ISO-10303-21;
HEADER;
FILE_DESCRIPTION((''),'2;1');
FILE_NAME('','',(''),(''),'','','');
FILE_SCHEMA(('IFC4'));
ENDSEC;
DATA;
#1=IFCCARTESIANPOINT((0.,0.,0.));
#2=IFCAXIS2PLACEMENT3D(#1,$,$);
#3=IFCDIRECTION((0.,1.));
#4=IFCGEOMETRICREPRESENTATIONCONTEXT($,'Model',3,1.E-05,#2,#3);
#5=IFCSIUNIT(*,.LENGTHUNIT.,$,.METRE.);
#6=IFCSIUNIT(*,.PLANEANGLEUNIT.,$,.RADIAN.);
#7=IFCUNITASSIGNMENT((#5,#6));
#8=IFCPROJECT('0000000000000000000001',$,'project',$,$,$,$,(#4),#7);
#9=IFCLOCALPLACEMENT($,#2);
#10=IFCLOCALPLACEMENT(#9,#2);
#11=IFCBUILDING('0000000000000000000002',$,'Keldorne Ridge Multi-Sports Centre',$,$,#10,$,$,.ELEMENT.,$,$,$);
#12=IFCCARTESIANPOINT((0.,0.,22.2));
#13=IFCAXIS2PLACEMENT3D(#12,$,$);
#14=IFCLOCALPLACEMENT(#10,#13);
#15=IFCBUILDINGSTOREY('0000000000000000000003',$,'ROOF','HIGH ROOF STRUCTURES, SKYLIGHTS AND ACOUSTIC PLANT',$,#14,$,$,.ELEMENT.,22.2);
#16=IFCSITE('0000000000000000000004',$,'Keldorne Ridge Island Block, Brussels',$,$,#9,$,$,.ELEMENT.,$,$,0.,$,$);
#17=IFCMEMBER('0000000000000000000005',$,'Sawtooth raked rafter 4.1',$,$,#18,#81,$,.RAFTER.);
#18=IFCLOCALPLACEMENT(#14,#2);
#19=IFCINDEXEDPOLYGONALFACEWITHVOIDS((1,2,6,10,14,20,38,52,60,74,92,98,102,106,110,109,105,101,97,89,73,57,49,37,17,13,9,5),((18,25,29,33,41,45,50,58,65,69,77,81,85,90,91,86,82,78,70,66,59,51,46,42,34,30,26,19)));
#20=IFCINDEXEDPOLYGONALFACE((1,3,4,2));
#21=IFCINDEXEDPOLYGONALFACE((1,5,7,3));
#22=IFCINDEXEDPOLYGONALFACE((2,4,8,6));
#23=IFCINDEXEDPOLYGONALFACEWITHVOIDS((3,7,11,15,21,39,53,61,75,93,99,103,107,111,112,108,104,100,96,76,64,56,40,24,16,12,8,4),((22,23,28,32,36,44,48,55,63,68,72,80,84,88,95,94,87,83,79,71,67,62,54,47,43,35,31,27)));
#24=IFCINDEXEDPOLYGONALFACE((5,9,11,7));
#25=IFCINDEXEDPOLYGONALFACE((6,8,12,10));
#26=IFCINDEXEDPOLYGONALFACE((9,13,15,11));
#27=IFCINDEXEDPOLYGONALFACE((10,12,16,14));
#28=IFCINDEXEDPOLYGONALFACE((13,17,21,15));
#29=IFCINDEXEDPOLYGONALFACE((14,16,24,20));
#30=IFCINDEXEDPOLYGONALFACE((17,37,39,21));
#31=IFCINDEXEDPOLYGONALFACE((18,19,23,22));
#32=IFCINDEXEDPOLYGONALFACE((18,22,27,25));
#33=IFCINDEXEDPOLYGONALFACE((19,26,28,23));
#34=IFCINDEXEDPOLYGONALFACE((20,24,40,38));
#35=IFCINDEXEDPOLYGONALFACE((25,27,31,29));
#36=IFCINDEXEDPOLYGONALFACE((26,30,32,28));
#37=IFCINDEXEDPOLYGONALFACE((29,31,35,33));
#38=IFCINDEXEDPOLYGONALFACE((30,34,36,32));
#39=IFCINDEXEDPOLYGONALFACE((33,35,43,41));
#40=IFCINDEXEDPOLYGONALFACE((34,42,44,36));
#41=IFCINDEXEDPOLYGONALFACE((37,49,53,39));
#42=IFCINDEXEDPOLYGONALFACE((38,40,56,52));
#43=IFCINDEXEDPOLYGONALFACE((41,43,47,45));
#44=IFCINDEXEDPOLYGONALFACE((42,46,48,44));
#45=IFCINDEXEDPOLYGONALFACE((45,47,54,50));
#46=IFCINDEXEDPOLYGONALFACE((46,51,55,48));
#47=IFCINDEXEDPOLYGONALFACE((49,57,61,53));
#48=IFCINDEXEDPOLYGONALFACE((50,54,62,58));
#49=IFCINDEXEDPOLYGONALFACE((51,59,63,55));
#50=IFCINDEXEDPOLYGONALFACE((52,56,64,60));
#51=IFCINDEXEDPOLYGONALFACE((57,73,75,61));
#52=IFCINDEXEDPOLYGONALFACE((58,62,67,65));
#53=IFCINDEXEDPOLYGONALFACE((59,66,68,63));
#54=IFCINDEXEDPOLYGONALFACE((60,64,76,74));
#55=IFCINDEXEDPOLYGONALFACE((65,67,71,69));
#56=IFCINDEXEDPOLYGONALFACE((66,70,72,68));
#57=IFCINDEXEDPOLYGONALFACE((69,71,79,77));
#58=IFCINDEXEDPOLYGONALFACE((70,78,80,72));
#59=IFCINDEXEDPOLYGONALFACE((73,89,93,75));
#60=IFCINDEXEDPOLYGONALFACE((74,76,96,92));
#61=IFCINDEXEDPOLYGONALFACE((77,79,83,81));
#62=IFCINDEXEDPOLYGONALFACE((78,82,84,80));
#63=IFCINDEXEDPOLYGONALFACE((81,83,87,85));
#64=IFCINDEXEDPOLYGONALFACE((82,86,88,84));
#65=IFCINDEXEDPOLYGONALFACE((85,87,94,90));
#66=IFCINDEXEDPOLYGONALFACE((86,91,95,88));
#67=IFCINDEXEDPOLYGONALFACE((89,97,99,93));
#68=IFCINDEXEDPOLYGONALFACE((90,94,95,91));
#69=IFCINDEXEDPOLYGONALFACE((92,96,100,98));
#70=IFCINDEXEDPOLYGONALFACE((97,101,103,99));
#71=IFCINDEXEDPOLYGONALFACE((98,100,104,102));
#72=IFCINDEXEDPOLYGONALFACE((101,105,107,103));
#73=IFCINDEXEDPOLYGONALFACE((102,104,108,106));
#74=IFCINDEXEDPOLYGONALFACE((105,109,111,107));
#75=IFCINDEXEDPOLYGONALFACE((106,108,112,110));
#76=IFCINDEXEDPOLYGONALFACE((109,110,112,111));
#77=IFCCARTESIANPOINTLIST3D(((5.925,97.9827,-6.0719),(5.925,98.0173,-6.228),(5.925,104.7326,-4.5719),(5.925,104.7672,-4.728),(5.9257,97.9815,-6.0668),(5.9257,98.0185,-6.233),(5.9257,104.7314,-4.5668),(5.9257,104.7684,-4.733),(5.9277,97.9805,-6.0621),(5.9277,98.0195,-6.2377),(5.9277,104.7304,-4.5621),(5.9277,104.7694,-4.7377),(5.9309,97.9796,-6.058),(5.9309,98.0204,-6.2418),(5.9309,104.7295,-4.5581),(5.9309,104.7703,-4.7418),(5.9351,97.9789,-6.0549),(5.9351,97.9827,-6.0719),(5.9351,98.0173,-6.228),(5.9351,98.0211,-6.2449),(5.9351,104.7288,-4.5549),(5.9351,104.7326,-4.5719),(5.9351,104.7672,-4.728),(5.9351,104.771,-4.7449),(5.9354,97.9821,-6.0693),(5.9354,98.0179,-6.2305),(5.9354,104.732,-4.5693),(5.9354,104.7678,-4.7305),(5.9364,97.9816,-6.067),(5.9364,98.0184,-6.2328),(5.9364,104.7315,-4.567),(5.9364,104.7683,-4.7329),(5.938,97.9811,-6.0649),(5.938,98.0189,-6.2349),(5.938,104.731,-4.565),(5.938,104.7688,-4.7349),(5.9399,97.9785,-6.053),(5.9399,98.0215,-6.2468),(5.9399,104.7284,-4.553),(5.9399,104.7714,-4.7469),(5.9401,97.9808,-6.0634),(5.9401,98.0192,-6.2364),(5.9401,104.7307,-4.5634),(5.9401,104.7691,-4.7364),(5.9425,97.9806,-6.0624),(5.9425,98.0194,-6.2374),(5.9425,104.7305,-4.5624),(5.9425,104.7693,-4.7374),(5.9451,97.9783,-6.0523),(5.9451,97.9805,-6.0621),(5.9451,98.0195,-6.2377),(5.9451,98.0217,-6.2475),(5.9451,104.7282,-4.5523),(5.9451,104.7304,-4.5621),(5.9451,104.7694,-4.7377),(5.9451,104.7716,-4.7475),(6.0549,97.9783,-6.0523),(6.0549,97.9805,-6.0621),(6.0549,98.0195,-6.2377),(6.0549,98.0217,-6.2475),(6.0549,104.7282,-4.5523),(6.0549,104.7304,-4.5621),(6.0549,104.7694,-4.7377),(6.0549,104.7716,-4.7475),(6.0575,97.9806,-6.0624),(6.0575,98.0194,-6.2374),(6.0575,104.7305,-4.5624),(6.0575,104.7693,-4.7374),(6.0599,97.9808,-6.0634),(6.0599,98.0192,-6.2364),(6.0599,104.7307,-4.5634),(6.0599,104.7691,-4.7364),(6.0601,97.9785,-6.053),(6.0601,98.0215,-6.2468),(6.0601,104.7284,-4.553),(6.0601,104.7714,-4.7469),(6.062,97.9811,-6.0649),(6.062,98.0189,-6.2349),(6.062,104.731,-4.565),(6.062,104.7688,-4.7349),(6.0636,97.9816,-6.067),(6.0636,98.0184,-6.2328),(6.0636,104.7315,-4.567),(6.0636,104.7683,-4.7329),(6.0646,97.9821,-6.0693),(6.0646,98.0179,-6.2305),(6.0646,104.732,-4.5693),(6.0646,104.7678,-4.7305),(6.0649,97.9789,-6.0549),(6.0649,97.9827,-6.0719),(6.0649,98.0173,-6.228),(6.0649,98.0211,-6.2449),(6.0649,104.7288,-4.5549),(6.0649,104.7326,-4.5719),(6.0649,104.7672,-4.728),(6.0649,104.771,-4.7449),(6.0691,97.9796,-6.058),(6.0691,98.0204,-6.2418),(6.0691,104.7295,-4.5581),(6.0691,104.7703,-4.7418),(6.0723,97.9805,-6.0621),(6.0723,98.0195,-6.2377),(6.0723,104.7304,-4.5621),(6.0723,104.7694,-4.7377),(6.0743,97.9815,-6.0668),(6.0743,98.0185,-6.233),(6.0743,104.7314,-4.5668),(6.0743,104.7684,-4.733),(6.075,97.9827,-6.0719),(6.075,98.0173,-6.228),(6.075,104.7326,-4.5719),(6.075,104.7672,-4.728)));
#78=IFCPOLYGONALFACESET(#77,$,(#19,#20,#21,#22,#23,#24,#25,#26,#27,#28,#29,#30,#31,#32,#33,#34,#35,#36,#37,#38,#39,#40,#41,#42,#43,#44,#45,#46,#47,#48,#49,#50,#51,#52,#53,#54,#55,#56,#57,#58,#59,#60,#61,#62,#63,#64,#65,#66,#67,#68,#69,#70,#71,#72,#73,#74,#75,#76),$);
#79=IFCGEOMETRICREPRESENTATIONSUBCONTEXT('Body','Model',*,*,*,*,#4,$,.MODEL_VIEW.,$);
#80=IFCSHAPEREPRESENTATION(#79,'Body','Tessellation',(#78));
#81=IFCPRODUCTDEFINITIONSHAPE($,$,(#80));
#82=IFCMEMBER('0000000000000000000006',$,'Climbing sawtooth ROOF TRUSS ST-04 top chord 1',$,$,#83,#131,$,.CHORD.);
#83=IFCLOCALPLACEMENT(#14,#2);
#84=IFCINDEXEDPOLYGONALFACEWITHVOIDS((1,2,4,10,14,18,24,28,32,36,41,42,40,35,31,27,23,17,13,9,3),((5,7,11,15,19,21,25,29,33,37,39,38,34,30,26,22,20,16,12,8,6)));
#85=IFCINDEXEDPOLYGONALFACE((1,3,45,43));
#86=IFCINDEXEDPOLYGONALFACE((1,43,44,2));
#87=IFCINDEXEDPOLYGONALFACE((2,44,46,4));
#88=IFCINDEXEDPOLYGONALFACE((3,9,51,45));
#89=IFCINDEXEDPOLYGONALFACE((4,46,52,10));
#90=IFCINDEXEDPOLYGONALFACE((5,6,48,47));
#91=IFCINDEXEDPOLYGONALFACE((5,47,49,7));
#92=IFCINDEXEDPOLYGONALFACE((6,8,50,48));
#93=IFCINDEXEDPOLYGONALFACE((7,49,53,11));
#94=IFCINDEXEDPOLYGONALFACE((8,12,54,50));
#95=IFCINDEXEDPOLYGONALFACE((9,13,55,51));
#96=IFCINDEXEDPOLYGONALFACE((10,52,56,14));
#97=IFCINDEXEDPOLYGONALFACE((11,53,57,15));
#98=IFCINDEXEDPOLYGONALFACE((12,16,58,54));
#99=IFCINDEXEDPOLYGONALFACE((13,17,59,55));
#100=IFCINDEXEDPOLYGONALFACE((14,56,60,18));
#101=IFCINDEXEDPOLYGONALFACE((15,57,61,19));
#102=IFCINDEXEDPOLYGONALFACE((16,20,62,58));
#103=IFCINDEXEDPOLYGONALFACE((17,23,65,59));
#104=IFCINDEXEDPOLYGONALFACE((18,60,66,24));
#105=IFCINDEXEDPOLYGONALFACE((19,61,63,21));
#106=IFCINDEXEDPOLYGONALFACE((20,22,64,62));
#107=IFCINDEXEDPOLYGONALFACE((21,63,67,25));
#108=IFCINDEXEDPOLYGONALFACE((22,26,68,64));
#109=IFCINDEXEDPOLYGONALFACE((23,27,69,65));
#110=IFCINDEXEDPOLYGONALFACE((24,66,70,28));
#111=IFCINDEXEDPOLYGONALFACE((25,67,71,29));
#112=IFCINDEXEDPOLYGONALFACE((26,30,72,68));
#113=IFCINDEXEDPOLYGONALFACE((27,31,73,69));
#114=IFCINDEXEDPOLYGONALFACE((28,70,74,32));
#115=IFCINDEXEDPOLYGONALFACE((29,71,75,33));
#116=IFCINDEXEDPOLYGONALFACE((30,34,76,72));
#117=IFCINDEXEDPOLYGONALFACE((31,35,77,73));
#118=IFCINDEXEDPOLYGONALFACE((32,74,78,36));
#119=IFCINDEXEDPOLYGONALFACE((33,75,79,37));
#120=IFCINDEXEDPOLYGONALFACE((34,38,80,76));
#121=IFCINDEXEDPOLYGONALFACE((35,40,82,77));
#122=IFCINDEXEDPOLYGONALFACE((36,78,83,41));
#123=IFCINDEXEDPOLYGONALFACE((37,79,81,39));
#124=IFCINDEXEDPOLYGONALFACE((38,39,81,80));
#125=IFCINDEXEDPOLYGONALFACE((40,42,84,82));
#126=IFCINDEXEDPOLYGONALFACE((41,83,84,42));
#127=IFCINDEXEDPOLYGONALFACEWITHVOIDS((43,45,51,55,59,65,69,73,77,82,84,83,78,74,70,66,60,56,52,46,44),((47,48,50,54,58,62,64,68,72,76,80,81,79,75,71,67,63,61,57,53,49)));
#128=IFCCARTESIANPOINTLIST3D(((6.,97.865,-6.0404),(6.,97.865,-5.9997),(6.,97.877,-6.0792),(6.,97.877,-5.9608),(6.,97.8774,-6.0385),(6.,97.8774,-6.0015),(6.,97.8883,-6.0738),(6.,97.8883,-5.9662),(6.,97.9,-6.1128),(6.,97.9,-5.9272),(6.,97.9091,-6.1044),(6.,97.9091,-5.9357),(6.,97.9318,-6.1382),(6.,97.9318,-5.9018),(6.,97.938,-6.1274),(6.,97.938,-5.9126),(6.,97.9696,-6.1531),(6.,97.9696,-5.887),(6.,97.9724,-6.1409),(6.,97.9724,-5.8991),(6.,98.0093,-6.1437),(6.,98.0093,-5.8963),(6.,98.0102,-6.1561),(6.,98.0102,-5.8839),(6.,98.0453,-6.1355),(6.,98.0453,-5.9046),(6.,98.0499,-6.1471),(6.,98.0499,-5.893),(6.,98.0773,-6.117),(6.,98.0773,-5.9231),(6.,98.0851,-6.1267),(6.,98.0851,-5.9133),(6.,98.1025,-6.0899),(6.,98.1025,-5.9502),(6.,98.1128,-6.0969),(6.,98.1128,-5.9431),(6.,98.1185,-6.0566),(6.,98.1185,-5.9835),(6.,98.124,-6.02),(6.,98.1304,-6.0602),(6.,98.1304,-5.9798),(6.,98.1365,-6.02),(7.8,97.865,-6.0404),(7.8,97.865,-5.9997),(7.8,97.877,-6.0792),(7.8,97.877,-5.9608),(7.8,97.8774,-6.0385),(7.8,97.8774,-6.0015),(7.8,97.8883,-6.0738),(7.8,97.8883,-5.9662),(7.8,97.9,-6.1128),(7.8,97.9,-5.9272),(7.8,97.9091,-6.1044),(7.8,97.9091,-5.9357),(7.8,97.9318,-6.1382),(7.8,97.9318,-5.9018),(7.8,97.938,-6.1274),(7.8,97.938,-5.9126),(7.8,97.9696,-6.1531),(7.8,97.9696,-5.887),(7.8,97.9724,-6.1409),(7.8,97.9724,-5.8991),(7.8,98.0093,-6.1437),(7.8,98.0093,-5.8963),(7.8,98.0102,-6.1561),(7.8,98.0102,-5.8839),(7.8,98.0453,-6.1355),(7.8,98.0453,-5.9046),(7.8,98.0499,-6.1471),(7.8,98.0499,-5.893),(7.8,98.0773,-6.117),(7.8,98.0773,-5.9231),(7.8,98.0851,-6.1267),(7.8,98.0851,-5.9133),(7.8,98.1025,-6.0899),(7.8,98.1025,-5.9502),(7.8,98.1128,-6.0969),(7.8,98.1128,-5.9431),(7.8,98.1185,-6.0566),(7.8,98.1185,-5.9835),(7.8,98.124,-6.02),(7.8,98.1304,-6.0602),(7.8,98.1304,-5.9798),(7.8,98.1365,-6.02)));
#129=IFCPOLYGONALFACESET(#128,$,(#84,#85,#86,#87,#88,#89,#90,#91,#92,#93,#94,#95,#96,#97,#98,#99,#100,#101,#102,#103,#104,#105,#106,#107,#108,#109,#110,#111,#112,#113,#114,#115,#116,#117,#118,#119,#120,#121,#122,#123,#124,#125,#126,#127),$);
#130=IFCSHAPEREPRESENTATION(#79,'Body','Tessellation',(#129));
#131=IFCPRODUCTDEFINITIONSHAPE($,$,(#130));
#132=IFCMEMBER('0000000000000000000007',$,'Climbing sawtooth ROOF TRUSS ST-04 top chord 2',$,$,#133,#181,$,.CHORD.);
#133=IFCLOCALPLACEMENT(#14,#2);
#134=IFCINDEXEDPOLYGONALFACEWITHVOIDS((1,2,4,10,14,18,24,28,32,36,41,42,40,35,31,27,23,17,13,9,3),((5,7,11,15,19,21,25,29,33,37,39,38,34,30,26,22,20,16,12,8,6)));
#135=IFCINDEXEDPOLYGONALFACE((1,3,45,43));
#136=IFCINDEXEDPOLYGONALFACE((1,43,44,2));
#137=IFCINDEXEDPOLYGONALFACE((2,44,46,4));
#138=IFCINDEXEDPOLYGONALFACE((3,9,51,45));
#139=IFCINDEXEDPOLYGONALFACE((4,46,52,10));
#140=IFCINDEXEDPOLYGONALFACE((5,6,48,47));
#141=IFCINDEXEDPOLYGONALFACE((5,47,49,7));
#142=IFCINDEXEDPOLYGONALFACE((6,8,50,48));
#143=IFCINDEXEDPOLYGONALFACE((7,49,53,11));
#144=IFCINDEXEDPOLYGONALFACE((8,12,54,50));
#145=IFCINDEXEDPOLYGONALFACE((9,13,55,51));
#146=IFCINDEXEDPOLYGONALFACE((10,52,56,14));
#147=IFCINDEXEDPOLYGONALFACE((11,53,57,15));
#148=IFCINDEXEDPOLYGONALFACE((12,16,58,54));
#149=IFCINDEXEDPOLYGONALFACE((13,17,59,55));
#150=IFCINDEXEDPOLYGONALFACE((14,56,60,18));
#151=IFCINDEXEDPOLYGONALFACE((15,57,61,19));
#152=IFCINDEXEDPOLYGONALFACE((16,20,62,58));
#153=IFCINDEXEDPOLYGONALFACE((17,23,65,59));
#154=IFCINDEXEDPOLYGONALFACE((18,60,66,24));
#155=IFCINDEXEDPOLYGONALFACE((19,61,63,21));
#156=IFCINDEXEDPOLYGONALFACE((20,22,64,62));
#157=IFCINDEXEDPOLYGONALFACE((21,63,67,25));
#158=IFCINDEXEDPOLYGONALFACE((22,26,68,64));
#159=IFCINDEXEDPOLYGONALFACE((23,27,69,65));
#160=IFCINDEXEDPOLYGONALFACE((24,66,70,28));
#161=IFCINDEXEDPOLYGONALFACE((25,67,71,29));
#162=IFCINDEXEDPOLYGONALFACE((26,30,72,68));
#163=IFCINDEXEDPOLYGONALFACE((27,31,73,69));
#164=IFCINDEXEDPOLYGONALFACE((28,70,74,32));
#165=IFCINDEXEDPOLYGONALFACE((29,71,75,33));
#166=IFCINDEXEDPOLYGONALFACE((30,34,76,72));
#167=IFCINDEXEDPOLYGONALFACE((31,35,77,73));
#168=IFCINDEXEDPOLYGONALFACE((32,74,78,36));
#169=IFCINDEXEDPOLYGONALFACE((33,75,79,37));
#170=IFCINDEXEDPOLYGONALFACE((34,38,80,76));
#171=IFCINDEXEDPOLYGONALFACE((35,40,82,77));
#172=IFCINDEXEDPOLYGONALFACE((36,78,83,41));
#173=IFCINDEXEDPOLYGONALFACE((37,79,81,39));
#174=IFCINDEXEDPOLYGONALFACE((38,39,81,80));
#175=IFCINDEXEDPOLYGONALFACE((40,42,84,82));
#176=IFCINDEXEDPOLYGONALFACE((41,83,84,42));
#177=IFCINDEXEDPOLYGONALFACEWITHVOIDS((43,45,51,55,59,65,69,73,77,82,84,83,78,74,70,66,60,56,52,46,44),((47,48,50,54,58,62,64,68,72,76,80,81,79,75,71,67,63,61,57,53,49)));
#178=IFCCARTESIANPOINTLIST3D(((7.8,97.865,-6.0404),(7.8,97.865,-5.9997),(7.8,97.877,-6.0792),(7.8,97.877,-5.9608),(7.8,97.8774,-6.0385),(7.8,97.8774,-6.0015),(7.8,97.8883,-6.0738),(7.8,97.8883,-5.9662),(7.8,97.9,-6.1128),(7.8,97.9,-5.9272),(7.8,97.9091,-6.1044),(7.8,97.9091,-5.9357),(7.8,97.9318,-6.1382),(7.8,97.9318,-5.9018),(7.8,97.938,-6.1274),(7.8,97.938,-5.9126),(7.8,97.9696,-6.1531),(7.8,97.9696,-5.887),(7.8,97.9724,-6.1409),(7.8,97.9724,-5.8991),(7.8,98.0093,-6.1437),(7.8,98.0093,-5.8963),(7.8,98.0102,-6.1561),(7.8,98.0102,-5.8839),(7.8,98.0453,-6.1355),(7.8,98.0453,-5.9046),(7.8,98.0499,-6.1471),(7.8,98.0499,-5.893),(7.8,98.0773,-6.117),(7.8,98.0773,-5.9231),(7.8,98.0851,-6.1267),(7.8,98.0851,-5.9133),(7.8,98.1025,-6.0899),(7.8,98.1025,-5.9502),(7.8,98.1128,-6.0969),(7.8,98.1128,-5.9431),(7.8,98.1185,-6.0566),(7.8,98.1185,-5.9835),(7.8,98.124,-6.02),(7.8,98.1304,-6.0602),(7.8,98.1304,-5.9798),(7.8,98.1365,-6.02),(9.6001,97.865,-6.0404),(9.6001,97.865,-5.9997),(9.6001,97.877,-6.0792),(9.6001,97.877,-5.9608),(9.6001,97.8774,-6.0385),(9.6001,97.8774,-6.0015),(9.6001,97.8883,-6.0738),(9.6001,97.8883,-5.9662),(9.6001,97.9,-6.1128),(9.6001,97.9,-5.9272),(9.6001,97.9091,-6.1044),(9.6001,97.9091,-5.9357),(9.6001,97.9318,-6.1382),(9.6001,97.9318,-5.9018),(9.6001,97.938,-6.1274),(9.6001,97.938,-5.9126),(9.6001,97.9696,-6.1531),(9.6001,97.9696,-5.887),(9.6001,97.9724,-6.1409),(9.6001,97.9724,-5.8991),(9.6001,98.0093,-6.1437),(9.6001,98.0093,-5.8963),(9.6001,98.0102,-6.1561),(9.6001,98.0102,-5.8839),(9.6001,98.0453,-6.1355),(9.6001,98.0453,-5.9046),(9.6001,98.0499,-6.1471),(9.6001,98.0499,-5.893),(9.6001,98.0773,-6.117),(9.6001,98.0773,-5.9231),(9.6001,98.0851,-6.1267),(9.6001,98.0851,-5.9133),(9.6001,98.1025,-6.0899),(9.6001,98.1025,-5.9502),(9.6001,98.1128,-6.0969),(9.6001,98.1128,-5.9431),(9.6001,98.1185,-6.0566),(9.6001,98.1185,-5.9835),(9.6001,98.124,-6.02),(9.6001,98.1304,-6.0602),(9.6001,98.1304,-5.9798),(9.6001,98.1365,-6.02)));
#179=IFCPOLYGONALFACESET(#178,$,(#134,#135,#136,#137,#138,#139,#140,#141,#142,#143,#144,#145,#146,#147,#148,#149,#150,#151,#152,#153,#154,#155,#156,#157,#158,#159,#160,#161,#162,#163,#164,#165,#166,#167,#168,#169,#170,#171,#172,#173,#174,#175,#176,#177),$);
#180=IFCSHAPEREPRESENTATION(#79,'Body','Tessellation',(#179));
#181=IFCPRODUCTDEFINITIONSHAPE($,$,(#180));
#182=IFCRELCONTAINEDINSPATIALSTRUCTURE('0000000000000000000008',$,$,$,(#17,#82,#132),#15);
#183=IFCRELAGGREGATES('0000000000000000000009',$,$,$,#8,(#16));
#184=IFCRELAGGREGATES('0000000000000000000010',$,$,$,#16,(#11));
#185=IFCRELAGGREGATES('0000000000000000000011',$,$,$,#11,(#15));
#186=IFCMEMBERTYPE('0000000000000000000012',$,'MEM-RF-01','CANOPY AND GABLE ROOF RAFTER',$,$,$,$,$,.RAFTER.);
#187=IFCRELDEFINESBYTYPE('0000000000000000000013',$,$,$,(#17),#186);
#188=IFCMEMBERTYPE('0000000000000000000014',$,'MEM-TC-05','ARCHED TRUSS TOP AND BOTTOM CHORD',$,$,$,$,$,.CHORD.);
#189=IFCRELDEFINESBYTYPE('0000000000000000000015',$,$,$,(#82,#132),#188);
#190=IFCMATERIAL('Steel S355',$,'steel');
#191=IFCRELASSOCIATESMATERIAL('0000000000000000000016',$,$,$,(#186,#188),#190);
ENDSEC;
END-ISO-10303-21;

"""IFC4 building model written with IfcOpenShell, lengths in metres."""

from ifc_helpers import new_model, si_unit, direction, frame, origin, origin_2d, place, context, subcontext, project, spatial, hollow_rectangle, hollow_circle, extrude, material, material_profile, profile_set, type_object, element, save


model = new_model("IFC4")

# Units and contexts
model_context = context("Model", 3, precision=1e-05, world=origin(), true_north=direction((0.0, 1.0)))
body_context = subcontext(model_context, "Body", "Model", "MODEL_VIEW")
ifc_project = project(units=[si_unit("LENGTHUNIT", "METRE"), si_unit("PLANEANGLEUNIT", "RADIAN")], contexts=[model_context])

# Site, building, storey
site_placement = place(None, origin())
site = spatial("IfcSite", under=ifc_project, at=site_placement, Name="Keldorne Ridge Island Block, Brussels", CompositionType="ELEMENT", RefElevation=0.0)
building_placement = place(site_placement, origin())
building = spatial("IfcBuilding", under=site, at=building_placement, Name="Keldorne Ridge Multi-Sports Centre", CompositionType="ELEMENT")
storey_placement = place(building_placement, frame((0.0, 0.0, 22.2)))
storey = spatial("IfcBuildingStorey", under=building, at=storey_placement, Name="ROOF", Description="HIGH ROOF STRUCTURES, SKYLIGHTS AND ACOUSTIC PLANT", CompositionType="ELEMENT", Elevation=22.2)

# Shared definitions
ifc_material_1 = material(Name="Steel S355", Category="steel")

# Members
ifc_material_profile_1 = material_profile(ifc_material_1, hollow_rectangle(XDim=0.1499, YDim=0.2, WallThickness=0.01, InnerFilletRadius=0.01, OuterFilletRadius=0.02, at=origin_2d()), Name="RHS 200x150x10")
ifc_profile_set_1 = profile_set([ifc_material_profile_1], Name="Steel S355")
member_type_1 = type_object("IfcMemberType", Name="MEM-RF-01", Description="CANOPY AND GABLE ROOF RAFTER", PredefinedType="RAFTER", material=ifc_profile_set_1)
member_1_placement = place(storey_placement, frame((6.0, 98.0, -6.1499), z_axis=(0.0, 0.976187, 0.21693), x_axis=(-1.0, 0.0, 0.0)))
element("IfcMember", 1, at=member_1_placement, inside=storey, type_object=member_type_1, Name="Sawtooth raked rafter 4.1", PredefinedType="RAFTER", context=body_context, shape_type="SweptSolid", body=[
    extrude(hollow_rectangle(XDim=0.1499, YDim=0.2, WallThickness=0.01, InnerFilletRadius=0.01, OuterFilletRadius=0.02, at=origin_2d()), origin(), (0.0, 0.0, 1.0), 6.9146),
])
ifc_material_profile_2 = material_profile(ifc_material_1, hollow_circle(Radius=0.1365, WallThickness=0.0125, at=origin_2d()), Name="CHS 273x12.5")
ifc_profile_set_2 = profile_set([ifc_material_profile_2], Name="Steel S355")
member_type_2 = type_object("IfcMemberType", Name="MEM-TC-05", Description="ARCHED TRUSS TOP AND BOTTOM CHORD", PredefinedType="CHORD", material=ifc_profile_set_2)
for number, where, z_axis, x_axis, name in (
    (2, (6.0, 98.0, -6.02), (1.0, 0.0, 0.0), (0.0, 1.0, 0.0), "Climbing sawtooth ROOF TRUSS ST-04 top chord 1"),
    (3, (7.8, 98.0, -6.02), (1.0, 0.0, 0.0), (0.0, 1.0, 0.0), "Climbing sawtooth ROOF TRUSS ST-04 top chord 2"),
):
    element("IfcMember", number, at=place(storey_placement, frame(where, z_axis=z_axis, x_axis=x_axis)), inside=storey, type_object=member_type_2, Name=name, PredefinedType="CHORD", context=body_context, shape_type="SweptSolid", body=[
        extrude(hollow_circle(Radius=0.1365, WallThickness=0.0125, at=origin_2d()), origin(), (0.0, 0.0, 1.0), 1.8),
    ])

save(model, "model.ifc")
